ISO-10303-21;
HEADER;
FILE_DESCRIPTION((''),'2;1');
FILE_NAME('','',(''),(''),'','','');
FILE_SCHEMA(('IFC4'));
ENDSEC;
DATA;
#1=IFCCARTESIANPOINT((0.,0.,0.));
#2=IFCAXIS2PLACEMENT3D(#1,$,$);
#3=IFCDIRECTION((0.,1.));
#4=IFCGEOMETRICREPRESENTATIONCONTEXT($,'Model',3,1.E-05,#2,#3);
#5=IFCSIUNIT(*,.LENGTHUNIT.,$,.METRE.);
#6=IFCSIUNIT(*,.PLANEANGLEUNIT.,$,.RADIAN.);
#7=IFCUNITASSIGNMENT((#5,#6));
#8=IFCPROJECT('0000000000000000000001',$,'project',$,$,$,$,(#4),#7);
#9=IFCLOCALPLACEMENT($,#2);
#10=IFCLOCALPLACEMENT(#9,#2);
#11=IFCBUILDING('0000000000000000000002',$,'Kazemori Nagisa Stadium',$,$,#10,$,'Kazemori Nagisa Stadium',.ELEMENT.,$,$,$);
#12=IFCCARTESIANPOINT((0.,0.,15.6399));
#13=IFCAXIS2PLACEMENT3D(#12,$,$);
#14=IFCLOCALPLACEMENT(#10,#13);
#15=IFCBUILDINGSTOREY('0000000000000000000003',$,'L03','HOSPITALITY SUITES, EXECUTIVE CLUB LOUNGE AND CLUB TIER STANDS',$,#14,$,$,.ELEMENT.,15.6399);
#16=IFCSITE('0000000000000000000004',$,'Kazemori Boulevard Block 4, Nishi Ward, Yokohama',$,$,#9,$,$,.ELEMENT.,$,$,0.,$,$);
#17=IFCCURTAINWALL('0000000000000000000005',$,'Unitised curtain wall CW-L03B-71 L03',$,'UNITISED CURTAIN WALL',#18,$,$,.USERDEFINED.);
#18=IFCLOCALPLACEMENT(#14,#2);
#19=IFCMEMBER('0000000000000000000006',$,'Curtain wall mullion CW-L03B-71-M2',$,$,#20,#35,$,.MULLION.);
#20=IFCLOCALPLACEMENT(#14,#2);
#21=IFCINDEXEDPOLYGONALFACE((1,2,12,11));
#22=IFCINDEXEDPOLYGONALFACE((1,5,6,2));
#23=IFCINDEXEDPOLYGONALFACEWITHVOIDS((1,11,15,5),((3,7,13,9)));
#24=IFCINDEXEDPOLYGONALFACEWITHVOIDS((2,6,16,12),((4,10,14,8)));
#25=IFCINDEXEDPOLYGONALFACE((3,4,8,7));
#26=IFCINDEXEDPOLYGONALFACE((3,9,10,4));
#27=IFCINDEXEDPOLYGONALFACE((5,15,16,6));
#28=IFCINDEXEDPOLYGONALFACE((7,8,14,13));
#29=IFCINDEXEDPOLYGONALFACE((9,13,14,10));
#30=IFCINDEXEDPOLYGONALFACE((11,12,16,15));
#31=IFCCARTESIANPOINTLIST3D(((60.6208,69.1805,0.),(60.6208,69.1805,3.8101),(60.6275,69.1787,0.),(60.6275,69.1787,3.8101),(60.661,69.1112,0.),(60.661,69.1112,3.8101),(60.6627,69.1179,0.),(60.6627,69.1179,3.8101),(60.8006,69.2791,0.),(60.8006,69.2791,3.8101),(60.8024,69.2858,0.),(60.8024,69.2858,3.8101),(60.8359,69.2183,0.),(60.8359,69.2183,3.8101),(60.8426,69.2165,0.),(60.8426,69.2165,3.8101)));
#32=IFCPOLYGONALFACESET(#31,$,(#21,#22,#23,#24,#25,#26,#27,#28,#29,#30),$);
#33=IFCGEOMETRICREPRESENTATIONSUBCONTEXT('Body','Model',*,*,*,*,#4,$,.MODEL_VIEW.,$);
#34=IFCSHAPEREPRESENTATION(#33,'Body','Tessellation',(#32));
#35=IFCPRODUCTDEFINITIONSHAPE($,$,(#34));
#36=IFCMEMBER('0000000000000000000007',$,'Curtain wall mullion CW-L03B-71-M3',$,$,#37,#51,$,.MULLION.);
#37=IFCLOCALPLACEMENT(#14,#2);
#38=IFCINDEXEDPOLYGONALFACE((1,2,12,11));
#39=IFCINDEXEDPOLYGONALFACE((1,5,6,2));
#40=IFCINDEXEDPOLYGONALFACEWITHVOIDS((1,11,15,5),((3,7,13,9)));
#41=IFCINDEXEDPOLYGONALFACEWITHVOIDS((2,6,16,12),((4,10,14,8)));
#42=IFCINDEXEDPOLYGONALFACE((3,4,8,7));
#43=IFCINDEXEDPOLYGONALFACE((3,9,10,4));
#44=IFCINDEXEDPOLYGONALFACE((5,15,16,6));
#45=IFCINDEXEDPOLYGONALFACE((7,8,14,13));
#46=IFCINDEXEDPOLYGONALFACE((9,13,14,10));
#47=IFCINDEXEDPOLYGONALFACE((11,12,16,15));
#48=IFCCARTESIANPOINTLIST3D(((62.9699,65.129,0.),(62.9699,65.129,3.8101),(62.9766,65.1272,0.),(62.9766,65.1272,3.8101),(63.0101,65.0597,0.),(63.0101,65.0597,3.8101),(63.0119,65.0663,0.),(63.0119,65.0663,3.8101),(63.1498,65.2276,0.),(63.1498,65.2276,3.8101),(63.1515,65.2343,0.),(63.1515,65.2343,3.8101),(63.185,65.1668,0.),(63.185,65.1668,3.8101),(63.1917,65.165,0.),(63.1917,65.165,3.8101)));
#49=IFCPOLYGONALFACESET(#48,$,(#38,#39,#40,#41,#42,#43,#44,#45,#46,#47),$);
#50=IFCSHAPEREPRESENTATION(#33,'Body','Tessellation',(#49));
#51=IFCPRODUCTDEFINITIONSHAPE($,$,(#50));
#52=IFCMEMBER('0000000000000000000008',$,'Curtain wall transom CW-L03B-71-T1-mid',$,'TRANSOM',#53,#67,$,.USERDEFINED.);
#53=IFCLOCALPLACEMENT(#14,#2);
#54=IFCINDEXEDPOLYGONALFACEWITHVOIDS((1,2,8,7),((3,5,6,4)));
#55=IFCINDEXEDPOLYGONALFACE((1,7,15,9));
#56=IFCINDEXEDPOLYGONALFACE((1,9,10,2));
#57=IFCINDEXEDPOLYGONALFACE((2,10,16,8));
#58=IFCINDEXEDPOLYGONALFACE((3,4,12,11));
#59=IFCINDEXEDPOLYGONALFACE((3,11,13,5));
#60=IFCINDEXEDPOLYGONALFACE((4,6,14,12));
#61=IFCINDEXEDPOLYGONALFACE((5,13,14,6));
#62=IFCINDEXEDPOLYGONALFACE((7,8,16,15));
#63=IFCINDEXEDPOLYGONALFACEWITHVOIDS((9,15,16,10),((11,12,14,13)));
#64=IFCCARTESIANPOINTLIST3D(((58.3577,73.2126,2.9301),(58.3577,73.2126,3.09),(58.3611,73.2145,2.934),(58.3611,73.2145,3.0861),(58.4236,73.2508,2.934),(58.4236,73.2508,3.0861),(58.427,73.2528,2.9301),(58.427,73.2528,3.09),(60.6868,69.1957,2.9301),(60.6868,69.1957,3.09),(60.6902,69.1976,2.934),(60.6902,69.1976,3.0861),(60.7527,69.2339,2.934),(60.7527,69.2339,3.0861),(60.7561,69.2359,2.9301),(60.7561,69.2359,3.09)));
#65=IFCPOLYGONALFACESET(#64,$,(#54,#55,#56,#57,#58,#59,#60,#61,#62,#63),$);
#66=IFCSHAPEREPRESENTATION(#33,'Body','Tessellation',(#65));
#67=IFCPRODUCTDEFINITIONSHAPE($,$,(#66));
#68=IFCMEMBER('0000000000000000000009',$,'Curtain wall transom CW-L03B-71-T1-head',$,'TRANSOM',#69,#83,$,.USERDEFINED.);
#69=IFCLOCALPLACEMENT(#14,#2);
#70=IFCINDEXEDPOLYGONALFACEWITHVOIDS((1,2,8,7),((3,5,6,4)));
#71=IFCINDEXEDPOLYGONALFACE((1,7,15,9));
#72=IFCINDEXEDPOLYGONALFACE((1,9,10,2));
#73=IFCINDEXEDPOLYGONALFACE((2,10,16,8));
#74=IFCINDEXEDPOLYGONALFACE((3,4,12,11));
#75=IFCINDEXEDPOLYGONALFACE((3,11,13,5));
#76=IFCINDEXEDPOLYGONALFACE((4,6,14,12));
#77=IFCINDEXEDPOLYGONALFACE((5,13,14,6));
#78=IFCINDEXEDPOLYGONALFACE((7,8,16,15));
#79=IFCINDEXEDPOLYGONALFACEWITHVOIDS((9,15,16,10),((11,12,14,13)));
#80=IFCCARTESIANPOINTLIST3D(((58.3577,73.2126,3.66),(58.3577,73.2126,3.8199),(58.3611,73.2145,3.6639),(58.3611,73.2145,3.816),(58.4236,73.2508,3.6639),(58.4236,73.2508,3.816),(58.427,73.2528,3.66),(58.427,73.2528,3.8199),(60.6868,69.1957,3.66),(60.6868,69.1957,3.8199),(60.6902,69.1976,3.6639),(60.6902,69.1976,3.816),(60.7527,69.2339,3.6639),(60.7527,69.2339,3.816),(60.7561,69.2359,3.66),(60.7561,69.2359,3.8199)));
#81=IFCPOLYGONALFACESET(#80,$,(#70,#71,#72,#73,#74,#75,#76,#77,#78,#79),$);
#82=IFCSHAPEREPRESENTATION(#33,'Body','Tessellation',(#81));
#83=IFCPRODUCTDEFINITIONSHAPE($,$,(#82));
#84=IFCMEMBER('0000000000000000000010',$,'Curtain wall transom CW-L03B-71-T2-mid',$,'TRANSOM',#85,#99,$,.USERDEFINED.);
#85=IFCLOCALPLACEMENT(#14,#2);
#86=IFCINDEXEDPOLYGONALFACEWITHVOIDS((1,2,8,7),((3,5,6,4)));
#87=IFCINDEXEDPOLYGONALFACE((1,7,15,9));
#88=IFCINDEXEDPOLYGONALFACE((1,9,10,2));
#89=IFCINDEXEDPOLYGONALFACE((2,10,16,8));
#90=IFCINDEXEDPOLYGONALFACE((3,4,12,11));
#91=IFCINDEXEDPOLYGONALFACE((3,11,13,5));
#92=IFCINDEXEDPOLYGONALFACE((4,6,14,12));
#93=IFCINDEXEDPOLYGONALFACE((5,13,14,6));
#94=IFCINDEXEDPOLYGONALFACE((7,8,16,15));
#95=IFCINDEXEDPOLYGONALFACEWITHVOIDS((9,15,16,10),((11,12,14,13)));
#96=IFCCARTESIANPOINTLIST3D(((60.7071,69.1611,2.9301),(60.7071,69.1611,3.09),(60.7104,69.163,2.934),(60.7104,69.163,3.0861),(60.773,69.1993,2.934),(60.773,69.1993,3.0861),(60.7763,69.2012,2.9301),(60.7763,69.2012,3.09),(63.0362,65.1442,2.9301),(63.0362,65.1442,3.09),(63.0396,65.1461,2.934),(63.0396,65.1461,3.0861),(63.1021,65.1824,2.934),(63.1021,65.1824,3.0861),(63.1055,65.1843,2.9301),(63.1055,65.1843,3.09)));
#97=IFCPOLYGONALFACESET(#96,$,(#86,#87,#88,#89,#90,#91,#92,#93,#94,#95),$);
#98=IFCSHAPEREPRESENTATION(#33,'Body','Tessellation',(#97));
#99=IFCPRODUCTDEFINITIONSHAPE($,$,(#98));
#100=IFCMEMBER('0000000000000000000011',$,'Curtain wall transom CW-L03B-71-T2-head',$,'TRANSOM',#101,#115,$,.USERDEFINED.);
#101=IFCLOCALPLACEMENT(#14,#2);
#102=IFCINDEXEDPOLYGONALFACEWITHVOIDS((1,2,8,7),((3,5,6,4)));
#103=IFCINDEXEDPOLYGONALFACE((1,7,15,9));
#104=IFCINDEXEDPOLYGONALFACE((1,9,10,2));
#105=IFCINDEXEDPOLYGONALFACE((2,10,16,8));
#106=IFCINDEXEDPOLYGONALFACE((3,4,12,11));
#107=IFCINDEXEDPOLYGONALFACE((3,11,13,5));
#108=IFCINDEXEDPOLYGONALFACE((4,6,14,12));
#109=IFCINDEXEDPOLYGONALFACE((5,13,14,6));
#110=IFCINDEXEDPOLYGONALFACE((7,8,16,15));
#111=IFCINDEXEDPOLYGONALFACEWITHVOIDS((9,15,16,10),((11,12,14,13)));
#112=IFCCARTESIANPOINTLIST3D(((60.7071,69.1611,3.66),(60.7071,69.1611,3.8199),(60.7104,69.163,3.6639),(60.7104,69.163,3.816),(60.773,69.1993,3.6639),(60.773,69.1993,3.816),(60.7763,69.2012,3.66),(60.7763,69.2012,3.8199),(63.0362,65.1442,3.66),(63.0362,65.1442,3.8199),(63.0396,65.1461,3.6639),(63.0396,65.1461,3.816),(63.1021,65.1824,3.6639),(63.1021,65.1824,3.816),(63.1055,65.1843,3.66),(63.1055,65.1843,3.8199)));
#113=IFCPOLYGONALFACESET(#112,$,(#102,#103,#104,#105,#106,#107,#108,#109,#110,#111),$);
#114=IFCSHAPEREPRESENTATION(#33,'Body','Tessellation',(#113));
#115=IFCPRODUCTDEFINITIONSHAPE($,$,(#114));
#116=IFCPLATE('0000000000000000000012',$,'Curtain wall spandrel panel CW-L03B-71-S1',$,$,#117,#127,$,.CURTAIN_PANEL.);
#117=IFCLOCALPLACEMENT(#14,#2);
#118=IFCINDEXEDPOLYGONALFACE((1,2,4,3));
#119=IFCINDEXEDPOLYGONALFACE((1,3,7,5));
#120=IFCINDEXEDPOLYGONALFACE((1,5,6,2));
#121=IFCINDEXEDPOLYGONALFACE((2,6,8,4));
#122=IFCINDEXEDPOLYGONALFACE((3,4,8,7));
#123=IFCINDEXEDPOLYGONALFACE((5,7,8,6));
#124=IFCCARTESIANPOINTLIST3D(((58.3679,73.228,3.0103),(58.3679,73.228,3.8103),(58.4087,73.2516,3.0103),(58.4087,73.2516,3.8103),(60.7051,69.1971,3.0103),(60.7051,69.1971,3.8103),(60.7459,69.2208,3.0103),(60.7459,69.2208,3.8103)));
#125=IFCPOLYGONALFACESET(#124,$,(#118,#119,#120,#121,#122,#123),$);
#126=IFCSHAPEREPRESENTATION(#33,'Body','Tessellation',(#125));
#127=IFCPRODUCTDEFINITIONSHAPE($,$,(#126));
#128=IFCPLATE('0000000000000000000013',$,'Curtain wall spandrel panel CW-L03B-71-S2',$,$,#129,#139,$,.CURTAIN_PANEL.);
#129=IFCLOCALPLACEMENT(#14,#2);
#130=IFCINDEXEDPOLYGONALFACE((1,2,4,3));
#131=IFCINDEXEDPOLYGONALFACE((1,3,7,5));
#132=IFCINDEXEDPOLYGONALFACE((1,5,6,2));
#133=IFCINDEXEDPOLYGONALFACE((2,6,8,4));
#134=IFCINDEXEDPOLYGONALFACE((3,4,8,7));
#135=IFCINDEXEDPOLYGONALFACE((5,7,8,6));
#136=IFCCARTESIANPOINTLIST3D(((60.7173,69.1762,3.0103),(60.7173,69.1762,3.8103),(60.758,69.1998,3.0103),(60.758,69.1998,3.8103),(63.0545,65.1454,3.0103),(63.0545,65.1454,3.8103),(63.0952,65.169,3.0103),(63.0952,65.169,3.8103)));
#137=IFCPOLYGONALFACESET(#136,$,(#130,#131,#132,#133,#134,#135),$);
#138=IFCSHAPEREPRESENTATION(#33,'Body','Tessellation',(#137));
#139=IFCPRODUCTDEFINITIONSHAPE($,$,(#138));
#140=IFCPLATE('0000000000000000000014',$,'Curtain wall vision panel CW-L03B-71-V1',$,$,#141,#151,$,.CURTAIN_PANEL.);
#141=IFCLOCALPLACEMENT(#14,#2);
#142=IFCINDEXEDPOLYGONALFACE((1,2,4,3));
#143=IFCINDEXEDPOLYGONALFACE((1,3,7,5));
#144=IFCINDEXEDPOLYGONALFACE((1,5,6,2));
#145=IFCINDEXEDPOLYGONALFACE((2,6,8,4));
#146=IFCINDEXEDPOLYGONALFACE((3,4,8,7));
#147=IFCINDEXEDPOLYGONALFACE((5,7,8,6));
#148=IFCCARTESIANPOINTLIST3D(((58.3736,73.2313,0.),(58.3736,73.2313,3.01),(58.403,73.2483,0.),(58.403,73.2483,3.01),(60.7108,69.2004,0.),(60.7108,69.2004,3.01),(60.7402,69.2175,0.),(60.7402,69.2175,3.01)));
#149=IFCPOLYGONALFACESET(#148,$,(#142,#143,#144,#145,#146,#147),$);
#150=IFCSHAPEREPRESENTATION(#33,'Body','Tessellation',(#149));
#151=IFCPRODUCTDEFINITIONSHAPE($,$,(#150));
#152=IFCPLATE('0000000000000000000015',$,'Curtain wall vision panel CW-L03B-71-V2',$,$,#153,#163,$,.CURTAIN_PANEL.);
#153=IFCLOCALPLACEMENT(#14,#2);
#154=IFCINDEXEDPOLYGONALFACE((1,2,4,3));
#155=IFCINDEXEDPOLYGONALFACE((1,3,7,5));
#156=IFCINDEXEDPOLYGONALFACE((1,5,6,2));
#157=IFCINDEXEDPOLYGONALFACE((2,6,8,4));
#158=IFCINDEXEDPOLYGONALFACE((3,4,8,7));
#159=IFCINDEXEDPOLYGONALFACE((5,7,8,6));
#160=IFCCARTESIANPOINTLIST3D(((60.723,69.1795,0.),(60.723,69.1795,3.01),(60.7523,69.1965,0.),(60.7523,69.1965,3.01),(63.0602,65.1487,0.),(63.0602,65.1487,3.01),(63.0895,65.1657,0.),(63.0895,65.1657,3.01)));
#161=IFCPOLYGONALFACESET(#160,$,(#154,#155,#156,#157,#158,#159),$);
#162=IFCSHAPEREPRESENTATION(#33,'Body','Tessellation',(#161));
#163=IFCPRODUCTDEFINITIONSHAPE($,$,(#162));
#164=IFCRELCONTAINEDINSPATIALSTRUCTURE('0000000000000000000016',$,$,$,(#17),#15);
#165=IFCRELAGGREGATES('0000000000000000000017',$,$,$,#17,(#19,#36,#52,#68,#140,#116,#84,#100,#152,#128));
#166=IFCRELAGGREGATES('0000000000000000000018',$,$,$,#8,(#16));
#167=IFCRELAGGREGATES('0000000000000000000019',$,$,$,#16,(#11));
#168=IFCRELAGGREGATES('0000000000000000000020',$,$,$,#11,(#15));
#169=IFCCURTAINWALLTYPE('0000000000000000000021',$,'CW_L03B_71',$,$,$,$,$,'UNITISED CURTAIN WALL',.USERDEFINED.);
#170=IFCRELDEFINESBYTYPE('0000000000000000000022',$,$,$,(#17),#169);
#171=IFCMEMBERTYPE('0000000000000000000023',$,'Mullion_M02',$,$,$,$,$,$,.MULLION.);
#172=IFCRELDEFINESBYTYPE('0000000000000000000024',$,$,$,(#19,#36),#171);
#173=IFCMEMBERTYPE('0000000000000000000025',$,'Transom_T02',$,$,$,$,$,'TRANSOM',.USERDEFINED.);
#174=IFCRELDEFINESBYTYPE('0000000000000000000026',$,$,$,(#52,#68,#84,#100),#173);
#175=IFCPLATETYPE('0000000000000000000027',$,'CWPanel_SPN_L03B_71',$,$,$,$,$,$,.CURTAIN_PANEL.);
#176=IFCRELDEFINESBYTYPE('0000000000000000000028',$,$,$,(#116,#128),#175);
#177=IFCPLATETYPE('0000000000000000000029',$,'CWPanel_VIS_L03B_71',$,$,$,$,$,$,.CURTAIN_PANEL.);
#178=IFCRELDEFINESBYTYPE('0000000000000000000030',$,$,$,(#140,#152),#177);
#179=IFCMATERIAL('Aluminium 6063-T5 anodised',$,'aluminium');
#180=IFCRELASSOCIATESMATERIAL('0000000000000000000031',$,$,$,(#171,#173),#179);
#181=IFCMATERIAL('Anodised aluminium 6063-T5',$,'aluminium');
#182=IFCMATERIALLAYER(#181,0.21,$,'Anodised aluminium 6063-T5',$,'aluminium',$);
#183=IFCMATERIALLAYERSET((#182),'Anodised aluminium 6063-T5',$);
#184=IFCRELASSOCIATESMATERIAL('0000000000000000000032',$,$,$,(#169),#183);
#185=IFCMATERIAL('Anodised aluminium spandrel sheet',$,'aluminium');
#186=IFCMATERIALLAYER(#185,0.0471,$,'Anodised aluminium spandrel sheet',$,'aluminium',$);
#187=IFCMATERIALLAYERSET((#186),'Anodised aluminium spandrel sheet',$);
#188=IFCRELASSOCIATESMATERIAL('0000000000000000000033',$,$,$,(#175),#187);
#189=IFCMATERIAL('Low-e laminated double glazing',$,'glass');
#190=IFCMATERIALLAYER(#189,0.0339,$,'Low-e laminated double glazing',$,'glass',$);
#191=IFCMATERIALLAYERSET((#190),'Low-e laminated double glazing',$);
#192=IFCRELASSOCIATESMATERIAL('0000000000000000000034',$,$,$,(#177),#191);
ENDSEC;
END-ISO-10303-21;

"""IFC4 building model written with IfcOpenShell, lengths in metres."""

from ifc_helpers import new_model, si_unit, direction, frame, origin, origin_2d, place, context, subcontext, project, spatial, rectangle, hollow_rectangle, extrude, material, layer, layer_set, material_profile, profile_set, type_object, element, aggregate, save


model = new_model("IFC4")

# Units and contexts
model_context = context("Model", 3, precision=1e-05, world=origin(), true_north=direction((0.0, 1.0)))
body_context = subcontext(model_context, "Body", "Model", "MODEL_VIEW")
ifc_project = project(units=[si_unit("LENGTHUNIT", "METRE"), si_unit("PLANEANGLEUNIT", "RADIAN")], contexts=[model_context])

# Site, building, storey
site_placement = place(None, origin())
site = spatial("IfcSite", under=ifc_project, at=site_placement, Name="Kazemori Boulevard Block 4, Nishi Ward, Yokohama", CompositionType="ELEMENT", RefElevation=0.0)
building_placement = place(site_placement, origin())
building = spatial("IfcBuilding", under=site, at=building_placement, Name="Kazemori Nagisa Stadium", LongName="Kazemori Nagisa Stadium", CompositionType="ELEMENT")
storey_placement = place(building_placement, frame((0.0, 0.0, 15.6399)))
storey = spatial("IfcBuildingStorey", under=building, at=storey_placement, Name="L03", Description="HOSPITALITY SUITES, EXECUTIVE CLUB LOUNGE AND CLUB TIER STANDS", CompositionType="ELEMENT", Elevation=15.6399)

# Shared definitions
ifc_material_1 = material(Name="Anodised aluminium 6063-T5", Category="aluminium")
ifc_material_2 = material(Name="Aluminium 6063-T5 anodised", Category="aluminium")
ifc_material_profile_1 = material_profile(ifc_material_2, hollow_rectangle(XDim=0.0801, YDim=0.21, WallThickness=0.0049, at=origin_2d()), Name="ALU-MULL-80x210x5")
ifc_profile_set_1 = profile_set([ifc_material_profile_1], Name="Aluminium 6063-T5 anodised")
member_type_1 = type_object("IfcMemberType", Name="Mullion_M02", PredefinedType="MULLION", material=ifc_profile_set_1)

# Curtain wall, members, plates
ifc_layer_1 = layer(ifc_material_1, 0.21, Name="Anodised aluminium 6063-T5", Category="aluminium")
ifc_layer_set_1 = layer_set([ifc_layer_1], Name="Anodised aluminium 6063-T5")
curtain_wall_type_1 = type_object("IfcCurtainWallType", Name="CW_L03B_71", ElementType="UNITISED CURTAIN WALL", PredefinedType="USERDEFINED", material=ifc_layer_set_1)
curtain_wall_1_placement = place(storey_placement, origin())
curtain_wall_1 = element("IfcCurtainWall", 1, at=curtain_wall_1_placement, inside=storey, type_object=curtain_wall_type_1, Name="Unitised curtain wall CW-L03B-71 L03", ObjectType="UNITISED CURTAIN WALL", PredefinedType="USERDEFINED")
member_1_placement = place(storey_placement, frame((60.7317, 69.1985, 0.0), z_axis=(0.0, 0.0, 1.0), x_axis=(0.501612, -0.865093, 0.0)))
member_1 = element("IfcMember", 2, at=member_1_placement, type_object=member_type_1, Name="Curtain wall mullion CW-L03B-71-M2", PredefinedType="MULLION", context=body_context, shape_type="SweptSolid", body=[
    extrude(hollow_rectangle(XDim=0.0801, YDim=0.21, WallThickness=0.0049, at=origin_2d()), origin(), (0.0, 0.0, 1.0), 3.8101),
])
member_2_placement = place(storey_placement, frame((63.0808, 65.147, 0.0), z_axis=(0.0, 0.0, 1.0), x_axis=(0.501612, -0.865093, 0.0)))
member_2 = element("IfcMember", 3, at=member_2_placement, type_object=member_type_1, Name="Curtain wall mullion CW-L03B-71-M3", PredefinedType="MULLION", context=body_context, shape_type="SweptSolid", body=[
    extrude(hollow_rectangle(XDim=0.0801, YDim=0.21, WallThickness=0.0049, at=origin_2d()), origin(), (0.0, 0.0, 1.0), 3.8101),
])
ifc_material_profile_2 = material_profile(ifc_material_2, hollow_rectangle(XDim=0.0801, YDim=0.1599, WallThickness=0.0039, at=origin_2d()), Name="ALU-TRAN-80x160x4")
ifc_profile_set_2 = profile_set([ifc_material_profile_2], Name="Aluminium 6063-T5 anodised")
member_type_2 = type_object("IfcMemberType", Name="Transom_T02", ElementType="TRANSOM", PredefinedType="USERDEFINED", material=ifc_profile_set_2)
member_3_placement = place(storey_placement, frame((58.3923, 73.2327, 3.01), z_axis=(0.50161, -0.865094, 0.0), x_axis=(0.865094, 0.50161, 0.0)))
member_3 = element("IfcMember", 4, at=member_3_placement, type_object=member_type_2, Name="Curtain wall transom CW-L03B-71-T1-mid", ObjectType="TRANSOM", PredefinedType="USERDEFINED", context=body_context, shape_type="SweptSolid", body=[
    extrude(hollow_rectangle(XDim=0.0801, YDim=0.1599, WallThickness=0.0039, at=origin_2d()), origin(), (0.0, 0.0, 1.0), 4.6433),
])
member_4_placement = place(storey_placement, frame((58.3923, 73.2327, 3.74), z_axis=(0.50161, -0.865094, 0.0), x_axis=(0.865094, 0.50161, 0.0)))
member_4 = element("IfcMember", 5, at=member_4_placement, type_object=member_type_2, Name="Curtain wall transom CW-L03B-71-T1-head", ObjectType="TRANSOM", PredefinedType="USERDEFINED", context=body_context, shape_type="SweptSolid", body=[
    extrude(hollow_rectangle(XDim=0.0801, YDim=0.1599, WallThickness=0.0039, at=origin_2d()), origin(), (0.0, 0.0, 1.0), 4.6433),
])
member_5_placement = place(storey_placement, frame((60.7417, 69.1812, 3.01), z_axis=(0.50161, -0.865094, 0.0), x_axis=(0.865094, 0.50161, 0.0)))
member_5 = element("IfcMember", 6, at=member_5_placement, type_object=member_type_2, Name="Curtain wall transom CW-L03B-71-T2-mid", ObjectType="TRANSOM", PredefinedType="USERDEFINED", context=body_context, shape_type="SweptSolid", body=[
    extrude(hollow_rectangle(XDim=0.0801, YDim=0.1599, WallThickness=0.0039, at=origin_2d()), origin(), (0.0, 0.0, 1.0), 4.6433),
])
member_6_placement = place(storey_placement, frame((60.7417, 69.1812, 3.74), z_axis=(0.50161, -0.865094, 0.0), x_axis=(0.865094, 0.50161, 0.0)))
member_6 = element("IfcMember", 7, at=member_6_placement, type_object=member_type_2, Name="Curtain wall transom CW-L03B-71-T2-head", ObjectType="TRANSOM", PredefinedType="USERDEFINED", context=body_context, shape_type="SweptSolid", body=[
    extrude(hollow_rectangle(XDim=0.0801, YDim=0.1599, WallThickness=0.0039, at=origin_2d()), origin(), (0.0, 0.0, 1.0), 4.6433),
])
ifc_material_3 = material(Name="Anodised aluminium spandrel sheet", Category="aluminium")
ifc_layer_2 = layer(ifc_material_3, 0.0471, Name="Anodised aluminium spandrel sheet", Category="aluminium")
ifc_layer_set_2 = layer_set([ifc_layer_2], Name="Anodised aluminium spandrel sheet")
plate_type_1 = type_object("IfcPlateType", Name="CWPanel_SPN_L03B_71", PredefinedType="CURTAIN_PANEL", material=ifc_layer_set_2)
plate_1_placement = place(storey_placement, frame((59.5569, 71.2244, 3.0103), z_axis=(0.0, 0.0, 1.0), x_axis=(0.501612, -0.865093, 0.0)))
plate_1 = element("IfcPlate", 8, at=plate_1_placement, type_object=plate_type_1, Name="Curtain wall spandrel panel CW-L03B-71-S1", PredefinedType="CURTAIN_PANEL", context=body_context, shape_type="SweptSolid", body=[
    extrude(rectangle(XDim=4.6594, YDim=0.0471, at=origin_2d()), origin(), (0.0, 0.0, 1.0), 0.8),
])
plate_2_placement = place(storey_placement, frame((61.9062, 67.1726, 3.0103), z_axis=(0.0, 0.0, 1.0), x_axis=(0.501612, -0.865093, 0.0)))
plate_2 = element("IfcPlate", 9, at=plate_2_placement, type_object=plate_type_1, Name="Curtain wall spandrel panel CW-L03B-71-S2", PredefinedType="CURTAIN_PANEL", context=body_context, shape_type="SweptSolid", body=[
    extrude(rectangle(XDim=4.6594, YDim=0.0471, at=origin_2d()), origin(), (0.0, 0.0, 1.0), 0.8),
])
ifc_material_4 = material(Name="Low-e laminated double glazing", Category="glass")
ifc_layer_3 = layer(ifc_material_4, 0.0339, Name="Low-e laminated double glazing", Category="glass")
ifc_layer_set_3 = layer_set([ifc_layer_3], Name="Low-e laminated double glazing")
plate_type_2 = type_object("IfcPlateType", Name="CWPanel_VIS_L03B_71", PredefinedType="CURTAIN_PANEL", material=ifc_layer_set_3)
plate_3_placement = place(storey_placement, frame((59.5569, 71.2244, 0.0), z_axis=(0.0, 0.0, 1.0), x_axis=(0.501612, -0.865093, 0.0)))
plate_3 = element("IfcPlate", 10, at=plate_3_placement, type_object=plate_type_2, Name="Curtain wall vision panel CW-L03B-71-V1", PredefinedType="CURTAIN_PANEL", context=body_context, shape_type="SweptSolid", body=[
    extrude(rectangle(XDim=4.6594, YDim=0.0339, at=origin_2d()), origin(), (0.0, 0.0, 1.0), 3.01),
])
plate_4_placement = place(storey_placement, frame((61.9062, 67.1726, 0.0), z_axis=(0.0, 0.0, 1.0), x_axis=(0.501612, -0.865093, 0.0)))
plate_4 = element("IfcPlate", 11, at=plate_4_placement, type_object=plate_type_2, Name="Curtain wall vision panel CW-L03B-71-V2", PredefinedType="CURTAIN_PANEL", context=body_context, shape_type="SweptSolid", body=[
    extrude(rectangle(XDim=4.6594, YDim=0.0339, at=origin_2d()), origin(), (0.0, 0.0, 1.0), 3.01),
])
aggregate(curtain_wall_1, [member_1, member_2, member_3, member_4, plate_3, plate_1, member_5, member_6, plate_4, plate_2])

save(model, "model.ifc")
